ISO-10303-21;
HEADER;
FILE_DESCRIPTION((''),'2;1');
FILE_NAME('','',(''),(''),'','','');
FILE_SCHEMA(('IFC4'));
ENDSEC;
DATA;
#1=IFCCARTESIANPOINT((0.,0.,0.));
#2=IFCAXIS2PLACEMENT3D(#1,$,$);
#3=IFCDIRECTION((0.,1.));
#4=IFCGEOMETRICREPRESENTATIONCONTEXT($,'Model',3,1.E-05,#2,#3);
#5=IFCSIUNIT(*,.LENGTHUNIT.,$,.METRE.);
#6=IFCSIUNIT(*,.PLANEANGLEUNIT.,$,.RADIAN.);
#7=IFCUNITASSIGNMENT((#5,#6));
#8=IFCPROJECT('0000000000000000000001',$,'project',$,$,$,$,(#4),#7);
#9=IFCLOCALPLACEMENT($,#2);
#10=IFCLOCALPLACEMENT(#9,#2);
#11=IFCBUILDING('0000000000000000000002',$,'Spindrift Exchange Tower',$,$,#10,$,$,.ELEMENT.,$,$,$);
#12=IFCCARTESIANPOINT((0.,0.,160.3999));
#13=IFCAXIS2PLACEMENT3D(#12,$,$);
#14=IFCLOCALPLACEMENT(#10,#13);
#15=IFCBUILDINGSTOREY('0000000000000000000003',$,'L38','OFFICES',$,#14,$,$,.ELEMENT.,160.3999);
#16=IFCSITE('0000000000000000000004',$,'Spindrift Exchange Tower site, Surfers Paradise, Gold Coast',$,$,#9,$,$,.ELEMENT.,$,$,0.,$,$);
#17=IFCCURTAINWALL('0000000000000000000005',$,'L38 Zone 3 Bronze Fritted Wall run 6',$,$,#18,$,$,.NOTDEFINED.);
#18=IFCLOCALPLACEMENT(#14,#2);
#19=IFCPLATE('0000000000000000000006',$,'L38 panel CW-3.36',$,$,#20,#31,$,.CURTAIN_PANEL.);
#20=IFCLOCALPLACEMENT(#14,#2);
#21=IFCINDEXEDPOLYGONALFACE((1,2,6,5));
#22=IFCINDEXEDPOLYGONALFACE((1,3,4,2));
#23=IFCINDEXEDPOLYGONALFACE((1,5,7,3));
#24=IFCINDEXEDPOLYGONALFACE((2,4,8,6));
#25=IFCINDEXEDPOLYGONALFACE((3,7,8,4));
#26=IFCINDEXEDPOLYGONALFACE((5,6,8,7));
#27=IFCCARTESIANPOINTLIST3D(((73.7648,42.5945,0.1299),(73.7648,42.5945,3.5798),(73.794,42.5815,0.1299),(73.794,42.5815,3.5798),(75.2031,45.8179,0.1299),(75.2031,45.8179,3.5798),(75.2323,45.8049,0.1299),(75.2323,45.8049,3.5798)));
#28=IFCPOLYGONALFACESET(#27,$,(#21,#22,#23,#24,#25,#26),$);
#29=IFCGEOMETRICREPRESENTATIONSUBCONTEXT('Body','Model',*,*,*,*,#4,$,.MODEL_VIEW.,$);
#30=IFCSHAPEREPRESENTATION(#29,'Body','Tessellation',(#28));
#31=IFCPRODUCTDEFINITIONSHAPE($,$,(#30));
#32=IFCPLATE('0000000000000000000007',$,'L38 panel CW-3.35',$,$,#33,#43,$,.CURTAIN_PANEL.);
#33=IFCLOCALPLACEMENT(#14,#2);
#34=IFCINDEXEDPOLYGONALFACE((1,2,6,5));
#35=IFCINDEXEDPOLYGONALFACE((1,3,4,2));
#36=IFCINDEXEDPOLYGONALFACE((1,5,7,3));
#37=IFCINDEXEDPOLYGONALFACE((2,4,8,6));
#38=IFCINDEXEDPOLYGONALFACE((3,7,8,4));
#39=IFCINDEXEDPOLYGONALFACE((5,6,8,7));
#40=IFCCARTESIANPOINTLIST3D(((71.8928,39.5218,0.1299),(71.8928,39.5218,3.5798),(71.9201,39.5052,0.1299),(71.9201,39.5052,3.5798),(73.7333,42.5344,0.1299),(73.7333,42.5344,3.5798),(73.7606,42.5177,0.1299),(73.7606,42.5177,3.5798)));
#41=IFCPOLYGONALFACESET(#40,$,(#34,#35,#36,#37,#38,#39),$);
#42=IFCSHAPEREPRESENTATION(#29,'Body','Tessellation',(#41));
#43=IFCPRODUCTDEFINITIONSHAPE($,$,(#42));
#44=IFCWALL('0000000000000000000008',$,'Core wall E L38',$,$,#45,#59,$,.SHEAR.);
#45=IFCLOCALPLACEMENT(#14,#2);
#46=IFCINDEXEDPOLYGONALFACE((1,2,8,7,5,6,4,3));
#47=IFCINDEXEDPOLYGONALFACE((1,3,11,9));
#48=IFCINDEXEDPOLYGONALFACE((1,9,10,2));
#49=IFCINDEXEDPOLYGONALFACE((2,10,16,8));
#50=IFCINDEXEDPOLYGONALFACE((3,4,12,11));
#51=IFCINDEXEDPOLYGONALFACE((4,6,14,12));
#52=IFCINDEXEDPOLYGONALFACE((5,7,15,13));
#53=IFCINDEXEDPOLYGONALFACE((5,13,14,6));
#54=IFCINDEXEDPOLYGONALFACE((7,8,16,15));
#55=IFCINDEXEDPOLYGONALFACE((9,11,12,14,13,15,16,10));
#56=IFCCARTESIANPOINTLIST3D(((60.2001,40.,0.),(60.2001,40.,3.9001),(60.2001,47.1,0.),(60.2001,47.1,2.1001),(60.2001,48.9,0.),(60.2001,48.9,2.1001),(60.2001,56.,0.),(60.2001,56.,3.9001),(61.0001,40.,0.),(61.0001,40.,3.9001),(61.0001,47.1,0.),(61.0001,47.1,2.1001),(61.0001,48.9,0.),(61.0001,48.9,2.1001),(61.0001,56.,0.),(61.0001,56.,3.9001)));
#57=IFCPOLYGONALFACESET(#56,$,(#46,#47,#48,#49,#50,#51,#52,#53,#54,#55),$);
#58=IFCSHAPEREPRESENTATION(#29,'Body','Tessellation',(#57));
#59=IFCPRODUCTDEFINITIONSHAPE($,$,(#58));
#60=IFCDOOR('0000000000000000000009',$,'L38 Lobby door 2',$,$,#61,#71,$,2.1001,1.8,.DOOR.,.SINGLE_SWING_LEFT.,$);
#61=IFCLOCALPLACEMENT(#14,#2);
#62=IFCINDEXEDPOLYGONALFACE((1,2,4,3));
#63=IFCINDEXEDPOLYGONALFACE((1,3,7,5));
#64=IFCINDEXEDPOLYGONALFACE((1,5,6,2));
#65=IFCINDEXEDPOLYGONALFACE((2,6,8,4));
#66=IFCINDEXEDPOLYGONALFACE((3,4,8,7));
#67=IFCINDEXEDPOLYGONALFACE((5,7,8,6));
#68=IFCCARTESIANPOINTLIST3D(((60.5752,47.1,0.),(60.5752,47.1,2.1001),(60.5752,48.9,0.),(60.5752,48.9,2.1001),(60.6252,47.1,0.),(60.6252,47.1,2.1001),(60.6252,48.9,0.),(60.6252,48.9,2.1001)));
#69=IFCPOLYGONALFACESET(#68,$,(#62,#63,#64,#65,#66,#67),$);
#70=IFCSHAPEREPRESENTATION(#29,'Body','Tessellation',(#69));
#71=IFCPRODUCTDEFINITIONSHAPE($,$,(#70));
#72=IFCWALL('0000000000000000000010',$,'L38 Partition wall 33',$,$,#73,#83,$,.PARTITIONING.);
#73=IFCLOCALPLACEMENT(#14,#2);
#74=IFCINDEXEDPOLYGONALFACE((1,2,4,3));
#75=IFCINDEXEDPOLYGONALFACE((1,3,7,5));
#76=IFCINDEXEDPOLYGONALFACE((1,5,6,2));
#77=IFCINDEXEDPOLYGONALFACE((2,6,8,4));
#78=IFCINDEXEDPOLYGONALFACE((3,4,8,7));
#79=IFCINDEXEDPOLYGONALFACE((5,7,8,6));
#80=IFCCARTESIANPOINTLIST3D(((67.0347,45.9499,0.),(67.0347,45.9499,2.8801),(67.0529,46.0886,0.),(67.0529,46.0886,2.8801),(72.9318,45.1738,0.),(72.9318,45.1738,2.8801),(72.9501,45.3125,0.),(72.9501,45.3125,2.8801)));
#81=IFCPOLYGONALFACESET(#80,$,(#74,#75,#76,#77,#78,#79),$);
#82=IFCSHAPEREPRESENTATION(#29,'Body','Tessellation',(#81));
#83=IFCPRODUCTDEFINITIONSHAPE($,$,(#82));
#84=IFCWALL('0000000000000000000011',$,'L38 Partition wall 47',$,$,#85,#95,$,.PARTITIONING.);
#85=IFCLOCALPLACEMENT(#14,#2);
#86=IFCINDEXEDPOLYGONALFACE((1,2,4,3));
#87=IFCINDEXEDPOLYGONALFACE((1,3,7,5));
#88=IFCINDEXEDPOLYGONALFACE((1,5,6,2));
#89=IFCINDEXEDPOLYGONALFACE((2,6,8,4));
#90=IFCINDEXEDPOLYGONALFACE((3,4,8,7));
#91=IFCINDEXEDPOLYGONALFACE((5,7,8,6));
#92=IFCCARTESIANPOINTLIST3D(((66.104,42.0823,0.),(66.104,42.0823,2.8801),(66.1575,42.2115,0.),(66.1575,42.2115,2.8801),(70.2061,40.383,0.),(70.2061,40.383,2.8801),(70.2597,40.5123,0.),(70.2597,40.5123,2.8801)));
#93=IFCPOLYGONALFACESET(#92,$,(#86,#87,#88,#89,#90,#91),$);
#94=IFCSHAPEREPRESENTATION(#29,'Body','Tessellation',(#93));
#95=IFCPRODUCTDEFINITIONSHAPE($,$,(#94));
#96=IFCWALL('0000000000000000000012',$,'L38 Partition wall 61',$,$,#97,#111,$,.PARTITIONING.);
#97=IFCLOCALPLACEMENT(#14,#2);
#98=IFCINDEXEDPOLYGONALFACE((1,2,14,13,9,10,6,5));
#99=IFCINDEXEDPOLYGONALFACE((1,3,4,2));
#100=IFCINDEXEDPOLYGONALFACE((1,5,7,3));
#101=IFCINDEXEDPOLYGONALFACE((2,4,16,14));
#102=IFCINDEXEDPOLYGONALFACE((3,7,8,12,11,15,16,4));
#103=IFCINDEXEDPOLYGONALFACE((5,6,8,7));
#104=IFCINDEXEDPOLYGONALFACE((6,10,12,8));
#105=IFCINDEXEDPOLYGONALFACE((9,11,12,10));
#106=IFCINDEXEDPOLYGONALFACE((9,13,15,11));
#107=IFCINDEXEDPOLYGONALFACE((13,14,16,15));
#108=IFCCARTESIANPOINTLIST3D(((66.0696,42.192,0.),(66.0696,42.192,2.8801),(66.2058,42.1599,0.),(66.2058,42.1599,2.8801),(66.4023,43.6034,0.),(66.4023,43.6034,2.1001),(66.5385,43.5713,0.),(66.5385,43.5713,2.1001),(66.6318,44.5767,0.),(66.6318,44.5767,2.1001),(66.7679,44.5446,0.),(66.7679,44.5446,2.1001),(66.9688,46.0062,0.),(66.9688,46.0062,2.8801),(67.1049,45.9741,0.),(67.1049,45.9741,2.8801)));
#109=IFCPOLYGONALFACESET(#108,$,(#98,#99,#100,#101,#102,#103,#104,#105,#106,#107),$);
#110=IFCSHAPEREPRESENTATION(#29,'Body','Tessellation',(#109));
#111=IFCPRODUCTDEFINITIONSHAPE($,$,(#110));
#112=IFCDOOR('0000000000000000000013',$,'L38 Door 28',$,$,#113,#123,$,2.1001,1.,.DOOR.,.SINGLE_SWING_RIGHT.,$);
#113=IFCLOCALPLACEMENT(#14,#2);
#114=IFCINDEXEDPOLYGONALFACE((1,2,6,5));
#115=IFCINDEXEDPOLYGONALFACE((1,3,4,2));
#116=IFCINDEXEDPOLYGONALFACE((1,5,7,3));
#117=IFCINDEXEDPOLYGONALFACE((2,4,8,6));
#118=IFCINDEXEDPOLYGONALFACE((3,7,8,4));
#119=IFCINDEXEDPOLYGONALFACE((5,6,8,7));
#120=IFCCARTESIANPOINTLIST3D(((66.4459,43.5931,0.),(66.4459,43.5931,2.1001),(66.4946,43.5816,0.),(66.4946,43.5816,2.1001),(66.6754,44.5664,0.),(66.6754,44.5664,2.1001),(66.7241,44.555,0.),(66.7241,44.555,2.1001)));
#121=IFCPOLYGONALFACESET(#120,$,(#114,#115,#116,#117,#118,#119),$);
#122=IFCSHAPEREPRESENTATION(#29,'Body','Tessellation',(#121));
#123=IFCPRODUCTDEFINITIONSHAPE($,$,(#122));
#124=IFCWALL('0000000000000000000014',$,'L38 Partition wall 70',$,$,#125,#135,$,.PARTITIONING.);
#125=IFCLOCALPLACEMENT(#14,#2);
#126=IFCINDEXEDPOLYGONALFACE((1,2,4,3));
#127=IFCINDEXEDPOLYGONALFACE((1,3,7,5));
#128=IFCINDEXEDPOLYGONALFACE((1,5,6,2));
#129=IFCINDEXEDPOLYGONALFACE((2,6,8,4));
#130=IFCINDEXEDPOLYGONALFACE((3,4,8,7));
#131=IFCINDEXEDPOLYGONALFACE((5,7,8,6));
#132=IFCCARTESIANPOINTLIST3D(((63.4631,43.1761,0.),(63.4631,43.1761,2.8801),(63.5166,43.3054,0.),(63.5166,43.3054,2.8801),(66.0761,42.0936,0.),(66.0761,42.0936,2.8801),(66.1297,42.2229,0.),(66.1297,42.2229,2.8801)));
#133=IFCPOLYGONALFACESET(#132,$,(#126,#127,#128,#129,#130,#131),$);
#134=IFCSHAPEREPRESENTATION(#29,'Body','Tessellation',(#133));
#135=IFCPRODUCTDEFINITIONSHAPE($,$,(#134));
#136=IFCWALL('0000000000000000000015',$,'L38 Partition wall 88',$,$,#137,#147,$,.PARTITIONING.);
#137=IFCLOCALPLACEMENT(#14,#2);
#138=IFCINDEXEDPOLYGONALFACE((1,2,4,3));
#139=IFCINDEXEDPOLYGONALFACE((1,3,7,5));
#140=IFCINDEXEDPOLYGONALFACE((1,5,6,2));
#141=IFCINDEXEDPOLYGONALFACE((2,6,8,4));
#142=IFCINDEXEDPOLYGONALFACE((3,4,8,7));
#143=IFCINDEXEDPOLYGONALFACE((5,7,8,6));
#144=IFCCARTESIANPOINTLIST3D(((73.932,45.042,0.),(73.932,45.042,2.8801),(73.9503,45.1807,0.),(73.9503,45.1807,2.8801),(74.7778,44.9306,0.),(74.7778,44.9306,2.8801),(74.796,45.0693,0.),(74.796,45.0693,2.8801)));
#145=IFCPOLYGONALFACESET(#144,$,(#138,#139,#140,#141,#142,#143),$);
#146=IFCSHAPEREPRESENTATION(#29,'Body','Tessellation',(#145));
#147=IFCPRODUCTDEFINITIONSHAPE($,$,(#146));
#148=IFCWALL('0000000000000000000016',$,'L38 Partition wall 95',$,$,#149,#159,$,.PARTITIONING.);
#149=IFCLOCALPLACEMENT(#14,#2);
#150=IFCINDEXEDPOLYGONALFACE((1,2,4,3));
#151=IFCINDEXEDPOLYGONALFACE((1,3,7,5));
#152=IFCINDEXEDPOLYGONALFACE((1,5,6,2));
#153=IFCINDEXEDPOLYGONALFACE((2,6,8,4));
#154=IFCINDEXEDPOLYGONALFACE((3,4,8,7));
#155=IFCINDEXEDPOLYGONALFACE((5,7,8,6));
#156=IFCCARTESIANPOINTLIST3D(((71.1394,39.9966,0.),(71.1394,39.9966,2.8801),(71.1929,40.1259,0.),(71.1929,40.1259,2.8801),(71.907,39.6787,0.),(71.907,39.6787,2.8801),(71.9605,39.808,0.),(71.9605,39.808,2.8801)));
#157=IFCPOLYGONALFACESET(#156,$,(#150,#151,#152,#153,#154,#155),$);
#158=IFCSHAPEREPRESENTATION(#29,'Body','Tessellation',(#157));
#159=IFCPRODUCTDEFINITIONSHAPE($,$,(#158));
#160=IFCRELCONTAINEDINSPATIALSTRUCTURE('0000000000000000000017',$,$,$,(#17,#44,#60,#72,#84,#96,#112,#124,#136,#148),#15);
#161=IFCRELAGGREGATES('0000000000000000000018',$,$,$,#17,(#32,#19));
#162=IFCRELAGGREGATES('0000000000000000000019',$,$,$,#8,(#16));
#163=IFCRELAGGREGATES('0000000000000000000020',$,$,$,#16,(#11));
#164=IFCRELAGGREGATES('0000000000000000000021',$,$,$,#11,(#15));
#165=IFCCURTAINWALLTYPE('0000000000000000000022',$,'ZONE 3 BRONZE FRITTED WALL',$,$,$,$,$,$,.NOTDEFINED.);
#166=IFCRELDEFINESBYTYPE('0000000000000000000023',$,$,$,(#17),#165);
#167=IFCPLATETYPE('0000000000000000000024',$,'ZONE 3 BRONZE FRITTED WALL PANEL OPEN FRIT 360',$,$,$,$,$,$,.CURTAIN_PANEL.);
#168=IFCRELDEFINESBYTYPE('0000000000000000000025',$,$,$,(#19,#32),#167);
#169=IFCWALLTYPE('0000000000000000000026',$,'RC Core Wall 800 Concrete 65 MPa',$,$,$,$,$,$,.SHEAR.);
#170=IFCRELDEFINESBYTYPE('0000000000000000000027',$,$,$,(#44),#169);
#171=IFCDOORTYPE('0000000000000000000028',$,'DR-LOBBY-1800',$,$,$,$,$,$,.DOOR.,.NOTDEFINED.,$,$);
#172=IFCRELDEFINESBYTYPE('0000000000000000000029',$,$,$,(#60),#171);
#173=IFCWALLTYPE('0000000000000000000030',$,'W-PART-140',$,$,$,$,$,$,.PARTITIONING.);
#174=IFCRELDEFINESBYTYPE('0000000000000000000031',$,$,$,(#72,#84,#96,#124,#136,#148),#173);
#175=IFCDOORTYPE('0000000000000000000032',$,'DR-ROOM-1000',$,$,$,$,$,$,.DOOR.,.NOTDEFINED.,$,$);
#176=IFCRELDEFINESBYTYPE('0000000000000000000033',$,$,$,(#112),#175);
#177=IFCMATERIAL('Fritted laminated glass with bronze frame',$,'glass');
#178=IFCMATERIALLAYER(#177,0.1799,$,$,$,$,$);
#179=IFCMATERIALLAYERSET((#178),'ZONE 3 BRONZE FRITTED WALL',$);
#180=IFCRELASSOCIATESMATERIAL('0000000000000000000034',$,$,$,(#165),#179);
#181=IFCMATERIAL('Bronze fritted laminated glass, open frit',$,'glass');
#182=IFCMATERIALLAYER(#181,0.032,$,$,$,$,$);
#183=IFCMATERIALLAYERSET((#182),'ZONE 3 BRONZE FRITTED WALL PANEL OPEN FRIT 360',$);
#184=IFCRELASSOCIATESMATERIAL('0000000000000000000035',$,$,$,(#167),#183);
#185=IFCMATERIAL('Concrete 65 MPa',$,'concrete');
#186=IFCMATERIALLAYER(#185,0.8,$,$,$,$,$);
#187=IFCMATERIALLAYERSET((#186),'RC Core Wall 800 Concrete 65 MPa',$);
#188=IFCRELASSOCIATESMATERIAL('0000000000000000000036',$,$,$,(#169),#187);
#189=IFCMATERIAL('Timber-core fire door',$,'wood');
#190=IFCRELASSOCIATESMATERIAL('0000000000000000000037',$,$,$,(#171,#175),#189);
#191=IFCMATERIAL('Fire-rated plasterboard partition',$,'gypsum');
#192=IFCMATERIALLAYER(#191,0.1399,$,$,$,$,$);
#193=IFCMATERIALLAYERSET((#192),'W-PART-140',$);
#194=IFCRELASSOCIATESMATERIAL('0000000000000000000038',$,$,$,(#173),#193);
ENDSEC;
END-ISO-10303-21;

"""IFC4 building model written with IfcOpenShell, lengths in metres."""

from ifc_helpers import new_model, si_unit, direction, frame, frame_2d, origin, origin_2d, place, context, subcontext, project, spatial, rectangle, extrude, source, transform, mapped, material, layer, layer_set, type_object, element, fill, aggregate, save


model = new_model("IFC4")

# Units and contexts
model_context = context("Model", 3, precision=1e-05, world=origin(), true_north=direction((0.0, 1.0)))
body_context = subcontext(model_context, "Body", "Model", "MODEL_VIEW")
ifc_project = project(units=[si_unit("LENGTHUNIT", "METRE"), si_unit("PLANEANGLEUNIT", "RADIAN")], contexts=[model_context])

# Site, building, storey
site_placement = place(None, origin())
site = spatial("IfcSite", under=ifc_project, at=site_placement, Name="Spindrift Exchange Tower site, Surfers Paradise, Gold Coast", CompositionType="ELEMENT", RefElevation=0.0)
building_placement = place(site_placement, origin())
building = spatial("IfcBuilding", under=site, at=building_placement, Name="Spindrift Exchange Tower", CompositionType="ELEMENT")
storey_placement = place(building_placement, frame((0.0, 0.0, 160.3999)))
storey = spatial("IfcBuildingStorey", under=building, at=storey_placement, Name="L38", Description="OFFICES", CompositionType="ELEMENT", Elevation=160.3999)

# Curtain wall
ifc_material_1 = material(Name="Fritted laminated glass with bronze frame", Category="glass")
ifc_layer_1 = layer(ifc_material_1, 0.1799)
ifc_layer_set_1 = layer_set([ifc_layer_1], Name="ZONE 3 BRONZE FRITTED WALL")
curtain_wall_type = type_object("IfcCurtainWallType", Name="ZONE 3 BRONZE FRITTED WALL", PredefinedType="NOTDEFINED", material=ifc_layer_set_1)
curtain_wall_1_placement = place(storey_placement, origin())
curtain_wall_1 = element("IfcCurtainWall", 1, at=curtain_wall_1_placement, inside=storey, type_object=curtain_wall_type, Name="L38 Zone 3 Bronze Fritted Wall run 6", PredefinedType="NOTDEFINED")

# Plates
ifc_material_2 = material(Name="Bronze fritted laminated glass, open frit", Category="glass")
ifc_layer_2 = layer(ifc_material_2, 0.032)
ifc_layer_set_2 = layer_set([ifc_layer_2], Name="ZONE 3 BRONZE FRITTED WALL PANEL OPEN FRIT 360")
plate_type = type_object("IfcPlateType", Name="ZONE 3 BRONZE FRITTED WALL PANEL OPEN FRIT 360", PredefinedType="CURTAIN_PANEL", material=ifc_layer_set_2)
shared_shape_1 = source(origin(), body_context, "Body", "SweptSolid", [
    extrude(rectangle(XDim=3.5298, YDim=0.032, at=origin_2d()), origin(), (0.0, 0.0, 1.0), 3.45),
])
plate_1_placement = place(storey_placement, frame((74.4985, 44.1997, 0.1299), z_axis=(0.0, 0.0, 1.0), x_axis=(0.407491, 0.913209, 0.0)))
plate_1 = element("IfcPlate", 2, at=plate_1_placement, type_object=plate_type, Name="L38 panel CW-3.36", PredefinedType="CURTAIN_PANEL", context=body_context, shape_type="MappedRepresentation", body=[
    mapped(shared_shape_1, transform((0.0, 0.0, 0.0), scale=1.0)),
])
shared_shape_2 = source(origin(), body_context, "Body", "SweptSolid", [
    extrude(rectangle(XDim=3.5303, YDim=0.032, at=origin_2d()), origin(), (0.0, 0.0, 1.0), 3.45),
])
plate_2_placement = place(storey_placement, frame((72.8267, 41.0198, 0.1299), z_axis=(0.0, 0.0, 1.0), x_axis=(0.521345, 0.853346, 0.0)))
plate_2 = element("IfcPlate", 3, at=plate_2_placement, type_object=plate_type, Name="L38 panel CW-3.35", PredefinedType="CURTAIN_PANEL", context=body_context, shape_type="MappedRepresentation", body=[
    mapped(shared_shape_2, transform((0.0, 0.0, 0.0), scale=1.0)),
])
aggregate(curtain_wall_1, [plate_2, plate_1])

# Wall, opening, door
ifc_material_3 = material(Name="Concrete 65 MPa", Category="concrete")
ifc_layer_3 = layer(ifc_material_3, 0.8)
ifc_layer_set_3 = layer_set([ifc_layer_3], Name="RC Core Wall 800 Concrete 65 MPa")
wall_type_1 = type_object("IfcWallType", Name="RC Core Wall 800 Concrete 65 MPa", PredefinedType="SHEAR", material=ifc_layer_set_3)
wall_1_placement = place(storey_placement, frame((60.6001, 40.0, 0.0), z_axis=(0.0, 0.0, 1.0), x_axis=(0.0, 1.0, 0.0)))
wall_1 = element("IfcWall", 4, at=wall_1_placement, inside=storey, type_object=wall_type_1, Name="Core wall E L38", PredefinedType="SHEAR", context=body_context, shape_type="SweptSolid", body=[
    extrude(rectangle(XDim=16.0, YDim=0.8, at=frame_2d((8.0, 0.0))), origin(), (0.0, 0.0, 1.0), 3.9001),
])
opening_1_placement = place(wall_1_placement, frame((7.1001, 0.0, 0.0)))
opening_1 = element("IfcOpeningElement", 5, at=opening_1_placement, cuts=wall_1, PredefinedType="OPENING", context=body_context, shape_type="SweptSolid", body=[
    extrude(rectangle(XDim=1.8, YDim=2.1001, at=frame_2d((0.8999, 1.05))), frame((0.0, 0.4099, 0.0), z_axis=(0.0, -1.0, 0.0), x_axis=(1.0, 0.0, 0.0)), (0.0, 0.0, 1.0), 0.8201),
])
ifc_material_4 = material(Name="Timber-core fire door", Category="wood")
door_type_1 = type_object("IfcDoorType", Name="DR-LOBBY-1800", OperationType="NOTDEFINED", PredefinedType="DOOR", material=ifc_material_4)
shared_shape_3 = source(origin(), body_context, "Body", "SweptSolid", [
    extrude(rectangle(XDim=1.8, YDim=2.1001, at=frame_2d((0.8999, 1.05))), frame((0.0, 0.0249, 0.0), z_axis=(0.0, -1.0, 0.0), x_axis=(1.0, 0.0, 0.0)), (0.0, 0.0, 1.0), 0.05),
])
door_1_placement = place(opening_1_placement, origin())
door_1 = element("IfcDoor", 6, at=door_1_placement, inside=storey, type_object=door_type_1, Name="L38 Lobby door 2", OperationType="SINGLE_SWING_LEFT", OverallHeight=2.1001, OverallWidth=1.8, PredefinedType="DOOR", context=body_context, shape_type="MappedRepresentation", body=[
    mapped(shared_shape_3, transform((0.0, 0.0, 0.0), scale=1.0)),
])
fill(opening_1, door_1)

# Walls
ifc_material_5 = material(Name="Fire-rated plasterboard partition", Category="gypsum")
ifc_layer_4 = layer(ifc_material_5, 0.1399)
ifc_layer_set_4 = layer_set([ifc_layer_4], Name="W-PART-140")
wall_type_2 = type_object("IfcWallType", Name="W-PART-140", PredefinedType="PARTITIONING", material=ifc_layer_set_4)
wall_2_placement = place(storey_placement, frame((67.0437, 46.0193, 0.0), z_axis=(0.0, 0.0, 1.0), x_axis=(0.991451, -0.130483, 0.0)))
element("IfcWall", 7, at=wall_2_placement, inside=storey, type_object=wall_type_2, Name="L38 Partition wall 33", PredefinedType="PARTITIONING", context=body_context, shape_type="SweptSolid", body=[
    extrude(rectangle(XDim=5.948, YDim=0.1399, at=frame_2d((2.9741, 0.0))), origin(), (0.0, 0.0, 1.0), 2.8801),
])
wall_3_placement = place(storey_placement, frame((66.1306, 42.147, 0.0), z_axis=(0.0, 0.0, 1.0), x_axis=(0.923872, -0.382701, 0.0)))
element("IfcWall", 8, at=wall_3_placement, inside=storey, type_object=wall_type_2, Name="L38 Partition wall 47", PredefinedType="PARTITIONING", context=body_context, shape_type="SweptSolid", body=[
    extrude(rectangle(XDim=4.4402, YDim=0.1399, at=frame_2d((2.2202, 0.0))), origin(), (0.0, 0.0, 1.0), 2.8801),
])

# Wall, opening, door
wall_4_placement = place(storey_placement, frame((67.0369, 45.9902, 0.0), z_axis=(0.0, 0.0, 1.0), x_axis=(-0.229453, -0.97332, 0.0)))
wall_4 = element("IfcWall", 9, at=wall_4_placement, inside=storey, type_object=wall_type_2, Name="L38 Partition wall 61", PredefinedType="PARTITIONING", context=body_context, shape_type="SweptSolid", body=[
    extrude(rectangle(XDim=3.9187, YDim=0.1399, at=frame_2d((1.9595, 0.0))), origin(), (0.0, 0.0, 1.0), 2.8801),
])
opening_2_placement = place(wall_4_placement, frame((1.4688, 0.0, 0.0)))
opening_2 = element("IfcOpeningElement", 10, at=opening_2_placement, cuts=wall_4, PredefinedType="OPENING", context=body_context, shape_type="SweptSolid", body=[
    extrude(rectangle(XDim=1.0, YDim=2.1001, at=frame_2d((0.5, 1.05))), frame((0.0, 0.0798, 0.0), z_axis=(0.0, -1.0, 0.0), x_axis=(1.0, 0.0, 0.0)), (0.0, 0.0, 1.0), 0.1599),
])
door_type_2 = type_object("IfcDoorType", Name="DR-ROOM-1000", OperationType="NOTDEFINED", PredefinedType="DOOR", material=ifc_material_4)
shared_shape_4 = source(origin(), body_context, "Body", "SweptSolid", [
    extrude(rectangle(XDim=1.0, YDim=2.1001, at=frame_2d((0.5, 1.05))), frame((0.0, 0.0249, 0.0), z_axis=(0.0, -1.0, 0.0), x_axis=(1.0, 0.0, 0.0)), (0.0, 0.0, 1.0), 0.05),
])
door_2_placement = place(opening_2_placement, origin())
door_2 = element("IfcDoor", 11, at=door_2_placement, inside=storey, type_object=door_type_2, Name="L38 Door 28", OperationType="SINGLE_SWING_RIGHT", OverallHeight=2.1001, OverallWidth=1.0, PredefinedType="DOOR", context=body_context, shape_type="MappedRepresentation", body=[
    mapped(shared_shape_4, transform((0.0, 0.0, 0.0), scale=1.0)),
])
fill(opening_2, door_2)

# Walls
wall_5_placement = place(storey_placement, frame((63.49, 43.2407, 0.0), z_axis=(0.0, 0.0, 1.0), x_axis=(0.923859, -0.382733, 0.0)))
element("IfcWall", 12, at=wall_5_placement, inside=storey, type_object=wall_type_2, Name="L38 Partition wall 70", PredefinedType="PARTITIONING", context=body_context, shape_type="SweptSolid", body=[
    extrude(rectangle(XDim=2.8284, YDim=0.1399, at=frame_2d((1.4141, 0.0))), origin(), (0.0, 0.0, 1.0), 2.8801),
])
wall_6_placement = place(storey_placement, frame((73.9412, 45.1113, 0.0), z_axis=(0.0, 0.0, 1.0), x_axis=(0.991447, -0.130514, 0.0)))
element("IfcWall", 13, at=wall_6_placement, inside=storey, type_object=wall_type_2, Name="L38 Partition wall 88", PredefinedType="PARTITIONING", context=body_context, shape_type="SweptSolid", body=[
    extrude(rectangle(XDim=0.853, YDim=0.1399, at=frame_2d((0.4265, 0.0))), origin(), (0.0, 0.0, 1.0), 2.8801),
])
wall_7_placement = place(storey_placement, frame((71.166, 40.0613, 0.0), z_axis=(0.0, 0.0, 1.0), x_axis=(0.923909, -0.382611, 0.0)))
element("IfcWall", 14, at=wall_7_placement, inside=storey, type_object=wall_type_2, Name="L38 Partition wall 95", PredefinedType="PARTITIONING", context=body_context, shape_type="SweptSolid", body=[
    extrude(rectangle(XDim=0.8308, YDim=0.1399, at=frame_2d((0.4155, 0.0))), origin(), (0.0, 0.0, 1.0), 2.8801),
])

save(model, "model.ifc")
